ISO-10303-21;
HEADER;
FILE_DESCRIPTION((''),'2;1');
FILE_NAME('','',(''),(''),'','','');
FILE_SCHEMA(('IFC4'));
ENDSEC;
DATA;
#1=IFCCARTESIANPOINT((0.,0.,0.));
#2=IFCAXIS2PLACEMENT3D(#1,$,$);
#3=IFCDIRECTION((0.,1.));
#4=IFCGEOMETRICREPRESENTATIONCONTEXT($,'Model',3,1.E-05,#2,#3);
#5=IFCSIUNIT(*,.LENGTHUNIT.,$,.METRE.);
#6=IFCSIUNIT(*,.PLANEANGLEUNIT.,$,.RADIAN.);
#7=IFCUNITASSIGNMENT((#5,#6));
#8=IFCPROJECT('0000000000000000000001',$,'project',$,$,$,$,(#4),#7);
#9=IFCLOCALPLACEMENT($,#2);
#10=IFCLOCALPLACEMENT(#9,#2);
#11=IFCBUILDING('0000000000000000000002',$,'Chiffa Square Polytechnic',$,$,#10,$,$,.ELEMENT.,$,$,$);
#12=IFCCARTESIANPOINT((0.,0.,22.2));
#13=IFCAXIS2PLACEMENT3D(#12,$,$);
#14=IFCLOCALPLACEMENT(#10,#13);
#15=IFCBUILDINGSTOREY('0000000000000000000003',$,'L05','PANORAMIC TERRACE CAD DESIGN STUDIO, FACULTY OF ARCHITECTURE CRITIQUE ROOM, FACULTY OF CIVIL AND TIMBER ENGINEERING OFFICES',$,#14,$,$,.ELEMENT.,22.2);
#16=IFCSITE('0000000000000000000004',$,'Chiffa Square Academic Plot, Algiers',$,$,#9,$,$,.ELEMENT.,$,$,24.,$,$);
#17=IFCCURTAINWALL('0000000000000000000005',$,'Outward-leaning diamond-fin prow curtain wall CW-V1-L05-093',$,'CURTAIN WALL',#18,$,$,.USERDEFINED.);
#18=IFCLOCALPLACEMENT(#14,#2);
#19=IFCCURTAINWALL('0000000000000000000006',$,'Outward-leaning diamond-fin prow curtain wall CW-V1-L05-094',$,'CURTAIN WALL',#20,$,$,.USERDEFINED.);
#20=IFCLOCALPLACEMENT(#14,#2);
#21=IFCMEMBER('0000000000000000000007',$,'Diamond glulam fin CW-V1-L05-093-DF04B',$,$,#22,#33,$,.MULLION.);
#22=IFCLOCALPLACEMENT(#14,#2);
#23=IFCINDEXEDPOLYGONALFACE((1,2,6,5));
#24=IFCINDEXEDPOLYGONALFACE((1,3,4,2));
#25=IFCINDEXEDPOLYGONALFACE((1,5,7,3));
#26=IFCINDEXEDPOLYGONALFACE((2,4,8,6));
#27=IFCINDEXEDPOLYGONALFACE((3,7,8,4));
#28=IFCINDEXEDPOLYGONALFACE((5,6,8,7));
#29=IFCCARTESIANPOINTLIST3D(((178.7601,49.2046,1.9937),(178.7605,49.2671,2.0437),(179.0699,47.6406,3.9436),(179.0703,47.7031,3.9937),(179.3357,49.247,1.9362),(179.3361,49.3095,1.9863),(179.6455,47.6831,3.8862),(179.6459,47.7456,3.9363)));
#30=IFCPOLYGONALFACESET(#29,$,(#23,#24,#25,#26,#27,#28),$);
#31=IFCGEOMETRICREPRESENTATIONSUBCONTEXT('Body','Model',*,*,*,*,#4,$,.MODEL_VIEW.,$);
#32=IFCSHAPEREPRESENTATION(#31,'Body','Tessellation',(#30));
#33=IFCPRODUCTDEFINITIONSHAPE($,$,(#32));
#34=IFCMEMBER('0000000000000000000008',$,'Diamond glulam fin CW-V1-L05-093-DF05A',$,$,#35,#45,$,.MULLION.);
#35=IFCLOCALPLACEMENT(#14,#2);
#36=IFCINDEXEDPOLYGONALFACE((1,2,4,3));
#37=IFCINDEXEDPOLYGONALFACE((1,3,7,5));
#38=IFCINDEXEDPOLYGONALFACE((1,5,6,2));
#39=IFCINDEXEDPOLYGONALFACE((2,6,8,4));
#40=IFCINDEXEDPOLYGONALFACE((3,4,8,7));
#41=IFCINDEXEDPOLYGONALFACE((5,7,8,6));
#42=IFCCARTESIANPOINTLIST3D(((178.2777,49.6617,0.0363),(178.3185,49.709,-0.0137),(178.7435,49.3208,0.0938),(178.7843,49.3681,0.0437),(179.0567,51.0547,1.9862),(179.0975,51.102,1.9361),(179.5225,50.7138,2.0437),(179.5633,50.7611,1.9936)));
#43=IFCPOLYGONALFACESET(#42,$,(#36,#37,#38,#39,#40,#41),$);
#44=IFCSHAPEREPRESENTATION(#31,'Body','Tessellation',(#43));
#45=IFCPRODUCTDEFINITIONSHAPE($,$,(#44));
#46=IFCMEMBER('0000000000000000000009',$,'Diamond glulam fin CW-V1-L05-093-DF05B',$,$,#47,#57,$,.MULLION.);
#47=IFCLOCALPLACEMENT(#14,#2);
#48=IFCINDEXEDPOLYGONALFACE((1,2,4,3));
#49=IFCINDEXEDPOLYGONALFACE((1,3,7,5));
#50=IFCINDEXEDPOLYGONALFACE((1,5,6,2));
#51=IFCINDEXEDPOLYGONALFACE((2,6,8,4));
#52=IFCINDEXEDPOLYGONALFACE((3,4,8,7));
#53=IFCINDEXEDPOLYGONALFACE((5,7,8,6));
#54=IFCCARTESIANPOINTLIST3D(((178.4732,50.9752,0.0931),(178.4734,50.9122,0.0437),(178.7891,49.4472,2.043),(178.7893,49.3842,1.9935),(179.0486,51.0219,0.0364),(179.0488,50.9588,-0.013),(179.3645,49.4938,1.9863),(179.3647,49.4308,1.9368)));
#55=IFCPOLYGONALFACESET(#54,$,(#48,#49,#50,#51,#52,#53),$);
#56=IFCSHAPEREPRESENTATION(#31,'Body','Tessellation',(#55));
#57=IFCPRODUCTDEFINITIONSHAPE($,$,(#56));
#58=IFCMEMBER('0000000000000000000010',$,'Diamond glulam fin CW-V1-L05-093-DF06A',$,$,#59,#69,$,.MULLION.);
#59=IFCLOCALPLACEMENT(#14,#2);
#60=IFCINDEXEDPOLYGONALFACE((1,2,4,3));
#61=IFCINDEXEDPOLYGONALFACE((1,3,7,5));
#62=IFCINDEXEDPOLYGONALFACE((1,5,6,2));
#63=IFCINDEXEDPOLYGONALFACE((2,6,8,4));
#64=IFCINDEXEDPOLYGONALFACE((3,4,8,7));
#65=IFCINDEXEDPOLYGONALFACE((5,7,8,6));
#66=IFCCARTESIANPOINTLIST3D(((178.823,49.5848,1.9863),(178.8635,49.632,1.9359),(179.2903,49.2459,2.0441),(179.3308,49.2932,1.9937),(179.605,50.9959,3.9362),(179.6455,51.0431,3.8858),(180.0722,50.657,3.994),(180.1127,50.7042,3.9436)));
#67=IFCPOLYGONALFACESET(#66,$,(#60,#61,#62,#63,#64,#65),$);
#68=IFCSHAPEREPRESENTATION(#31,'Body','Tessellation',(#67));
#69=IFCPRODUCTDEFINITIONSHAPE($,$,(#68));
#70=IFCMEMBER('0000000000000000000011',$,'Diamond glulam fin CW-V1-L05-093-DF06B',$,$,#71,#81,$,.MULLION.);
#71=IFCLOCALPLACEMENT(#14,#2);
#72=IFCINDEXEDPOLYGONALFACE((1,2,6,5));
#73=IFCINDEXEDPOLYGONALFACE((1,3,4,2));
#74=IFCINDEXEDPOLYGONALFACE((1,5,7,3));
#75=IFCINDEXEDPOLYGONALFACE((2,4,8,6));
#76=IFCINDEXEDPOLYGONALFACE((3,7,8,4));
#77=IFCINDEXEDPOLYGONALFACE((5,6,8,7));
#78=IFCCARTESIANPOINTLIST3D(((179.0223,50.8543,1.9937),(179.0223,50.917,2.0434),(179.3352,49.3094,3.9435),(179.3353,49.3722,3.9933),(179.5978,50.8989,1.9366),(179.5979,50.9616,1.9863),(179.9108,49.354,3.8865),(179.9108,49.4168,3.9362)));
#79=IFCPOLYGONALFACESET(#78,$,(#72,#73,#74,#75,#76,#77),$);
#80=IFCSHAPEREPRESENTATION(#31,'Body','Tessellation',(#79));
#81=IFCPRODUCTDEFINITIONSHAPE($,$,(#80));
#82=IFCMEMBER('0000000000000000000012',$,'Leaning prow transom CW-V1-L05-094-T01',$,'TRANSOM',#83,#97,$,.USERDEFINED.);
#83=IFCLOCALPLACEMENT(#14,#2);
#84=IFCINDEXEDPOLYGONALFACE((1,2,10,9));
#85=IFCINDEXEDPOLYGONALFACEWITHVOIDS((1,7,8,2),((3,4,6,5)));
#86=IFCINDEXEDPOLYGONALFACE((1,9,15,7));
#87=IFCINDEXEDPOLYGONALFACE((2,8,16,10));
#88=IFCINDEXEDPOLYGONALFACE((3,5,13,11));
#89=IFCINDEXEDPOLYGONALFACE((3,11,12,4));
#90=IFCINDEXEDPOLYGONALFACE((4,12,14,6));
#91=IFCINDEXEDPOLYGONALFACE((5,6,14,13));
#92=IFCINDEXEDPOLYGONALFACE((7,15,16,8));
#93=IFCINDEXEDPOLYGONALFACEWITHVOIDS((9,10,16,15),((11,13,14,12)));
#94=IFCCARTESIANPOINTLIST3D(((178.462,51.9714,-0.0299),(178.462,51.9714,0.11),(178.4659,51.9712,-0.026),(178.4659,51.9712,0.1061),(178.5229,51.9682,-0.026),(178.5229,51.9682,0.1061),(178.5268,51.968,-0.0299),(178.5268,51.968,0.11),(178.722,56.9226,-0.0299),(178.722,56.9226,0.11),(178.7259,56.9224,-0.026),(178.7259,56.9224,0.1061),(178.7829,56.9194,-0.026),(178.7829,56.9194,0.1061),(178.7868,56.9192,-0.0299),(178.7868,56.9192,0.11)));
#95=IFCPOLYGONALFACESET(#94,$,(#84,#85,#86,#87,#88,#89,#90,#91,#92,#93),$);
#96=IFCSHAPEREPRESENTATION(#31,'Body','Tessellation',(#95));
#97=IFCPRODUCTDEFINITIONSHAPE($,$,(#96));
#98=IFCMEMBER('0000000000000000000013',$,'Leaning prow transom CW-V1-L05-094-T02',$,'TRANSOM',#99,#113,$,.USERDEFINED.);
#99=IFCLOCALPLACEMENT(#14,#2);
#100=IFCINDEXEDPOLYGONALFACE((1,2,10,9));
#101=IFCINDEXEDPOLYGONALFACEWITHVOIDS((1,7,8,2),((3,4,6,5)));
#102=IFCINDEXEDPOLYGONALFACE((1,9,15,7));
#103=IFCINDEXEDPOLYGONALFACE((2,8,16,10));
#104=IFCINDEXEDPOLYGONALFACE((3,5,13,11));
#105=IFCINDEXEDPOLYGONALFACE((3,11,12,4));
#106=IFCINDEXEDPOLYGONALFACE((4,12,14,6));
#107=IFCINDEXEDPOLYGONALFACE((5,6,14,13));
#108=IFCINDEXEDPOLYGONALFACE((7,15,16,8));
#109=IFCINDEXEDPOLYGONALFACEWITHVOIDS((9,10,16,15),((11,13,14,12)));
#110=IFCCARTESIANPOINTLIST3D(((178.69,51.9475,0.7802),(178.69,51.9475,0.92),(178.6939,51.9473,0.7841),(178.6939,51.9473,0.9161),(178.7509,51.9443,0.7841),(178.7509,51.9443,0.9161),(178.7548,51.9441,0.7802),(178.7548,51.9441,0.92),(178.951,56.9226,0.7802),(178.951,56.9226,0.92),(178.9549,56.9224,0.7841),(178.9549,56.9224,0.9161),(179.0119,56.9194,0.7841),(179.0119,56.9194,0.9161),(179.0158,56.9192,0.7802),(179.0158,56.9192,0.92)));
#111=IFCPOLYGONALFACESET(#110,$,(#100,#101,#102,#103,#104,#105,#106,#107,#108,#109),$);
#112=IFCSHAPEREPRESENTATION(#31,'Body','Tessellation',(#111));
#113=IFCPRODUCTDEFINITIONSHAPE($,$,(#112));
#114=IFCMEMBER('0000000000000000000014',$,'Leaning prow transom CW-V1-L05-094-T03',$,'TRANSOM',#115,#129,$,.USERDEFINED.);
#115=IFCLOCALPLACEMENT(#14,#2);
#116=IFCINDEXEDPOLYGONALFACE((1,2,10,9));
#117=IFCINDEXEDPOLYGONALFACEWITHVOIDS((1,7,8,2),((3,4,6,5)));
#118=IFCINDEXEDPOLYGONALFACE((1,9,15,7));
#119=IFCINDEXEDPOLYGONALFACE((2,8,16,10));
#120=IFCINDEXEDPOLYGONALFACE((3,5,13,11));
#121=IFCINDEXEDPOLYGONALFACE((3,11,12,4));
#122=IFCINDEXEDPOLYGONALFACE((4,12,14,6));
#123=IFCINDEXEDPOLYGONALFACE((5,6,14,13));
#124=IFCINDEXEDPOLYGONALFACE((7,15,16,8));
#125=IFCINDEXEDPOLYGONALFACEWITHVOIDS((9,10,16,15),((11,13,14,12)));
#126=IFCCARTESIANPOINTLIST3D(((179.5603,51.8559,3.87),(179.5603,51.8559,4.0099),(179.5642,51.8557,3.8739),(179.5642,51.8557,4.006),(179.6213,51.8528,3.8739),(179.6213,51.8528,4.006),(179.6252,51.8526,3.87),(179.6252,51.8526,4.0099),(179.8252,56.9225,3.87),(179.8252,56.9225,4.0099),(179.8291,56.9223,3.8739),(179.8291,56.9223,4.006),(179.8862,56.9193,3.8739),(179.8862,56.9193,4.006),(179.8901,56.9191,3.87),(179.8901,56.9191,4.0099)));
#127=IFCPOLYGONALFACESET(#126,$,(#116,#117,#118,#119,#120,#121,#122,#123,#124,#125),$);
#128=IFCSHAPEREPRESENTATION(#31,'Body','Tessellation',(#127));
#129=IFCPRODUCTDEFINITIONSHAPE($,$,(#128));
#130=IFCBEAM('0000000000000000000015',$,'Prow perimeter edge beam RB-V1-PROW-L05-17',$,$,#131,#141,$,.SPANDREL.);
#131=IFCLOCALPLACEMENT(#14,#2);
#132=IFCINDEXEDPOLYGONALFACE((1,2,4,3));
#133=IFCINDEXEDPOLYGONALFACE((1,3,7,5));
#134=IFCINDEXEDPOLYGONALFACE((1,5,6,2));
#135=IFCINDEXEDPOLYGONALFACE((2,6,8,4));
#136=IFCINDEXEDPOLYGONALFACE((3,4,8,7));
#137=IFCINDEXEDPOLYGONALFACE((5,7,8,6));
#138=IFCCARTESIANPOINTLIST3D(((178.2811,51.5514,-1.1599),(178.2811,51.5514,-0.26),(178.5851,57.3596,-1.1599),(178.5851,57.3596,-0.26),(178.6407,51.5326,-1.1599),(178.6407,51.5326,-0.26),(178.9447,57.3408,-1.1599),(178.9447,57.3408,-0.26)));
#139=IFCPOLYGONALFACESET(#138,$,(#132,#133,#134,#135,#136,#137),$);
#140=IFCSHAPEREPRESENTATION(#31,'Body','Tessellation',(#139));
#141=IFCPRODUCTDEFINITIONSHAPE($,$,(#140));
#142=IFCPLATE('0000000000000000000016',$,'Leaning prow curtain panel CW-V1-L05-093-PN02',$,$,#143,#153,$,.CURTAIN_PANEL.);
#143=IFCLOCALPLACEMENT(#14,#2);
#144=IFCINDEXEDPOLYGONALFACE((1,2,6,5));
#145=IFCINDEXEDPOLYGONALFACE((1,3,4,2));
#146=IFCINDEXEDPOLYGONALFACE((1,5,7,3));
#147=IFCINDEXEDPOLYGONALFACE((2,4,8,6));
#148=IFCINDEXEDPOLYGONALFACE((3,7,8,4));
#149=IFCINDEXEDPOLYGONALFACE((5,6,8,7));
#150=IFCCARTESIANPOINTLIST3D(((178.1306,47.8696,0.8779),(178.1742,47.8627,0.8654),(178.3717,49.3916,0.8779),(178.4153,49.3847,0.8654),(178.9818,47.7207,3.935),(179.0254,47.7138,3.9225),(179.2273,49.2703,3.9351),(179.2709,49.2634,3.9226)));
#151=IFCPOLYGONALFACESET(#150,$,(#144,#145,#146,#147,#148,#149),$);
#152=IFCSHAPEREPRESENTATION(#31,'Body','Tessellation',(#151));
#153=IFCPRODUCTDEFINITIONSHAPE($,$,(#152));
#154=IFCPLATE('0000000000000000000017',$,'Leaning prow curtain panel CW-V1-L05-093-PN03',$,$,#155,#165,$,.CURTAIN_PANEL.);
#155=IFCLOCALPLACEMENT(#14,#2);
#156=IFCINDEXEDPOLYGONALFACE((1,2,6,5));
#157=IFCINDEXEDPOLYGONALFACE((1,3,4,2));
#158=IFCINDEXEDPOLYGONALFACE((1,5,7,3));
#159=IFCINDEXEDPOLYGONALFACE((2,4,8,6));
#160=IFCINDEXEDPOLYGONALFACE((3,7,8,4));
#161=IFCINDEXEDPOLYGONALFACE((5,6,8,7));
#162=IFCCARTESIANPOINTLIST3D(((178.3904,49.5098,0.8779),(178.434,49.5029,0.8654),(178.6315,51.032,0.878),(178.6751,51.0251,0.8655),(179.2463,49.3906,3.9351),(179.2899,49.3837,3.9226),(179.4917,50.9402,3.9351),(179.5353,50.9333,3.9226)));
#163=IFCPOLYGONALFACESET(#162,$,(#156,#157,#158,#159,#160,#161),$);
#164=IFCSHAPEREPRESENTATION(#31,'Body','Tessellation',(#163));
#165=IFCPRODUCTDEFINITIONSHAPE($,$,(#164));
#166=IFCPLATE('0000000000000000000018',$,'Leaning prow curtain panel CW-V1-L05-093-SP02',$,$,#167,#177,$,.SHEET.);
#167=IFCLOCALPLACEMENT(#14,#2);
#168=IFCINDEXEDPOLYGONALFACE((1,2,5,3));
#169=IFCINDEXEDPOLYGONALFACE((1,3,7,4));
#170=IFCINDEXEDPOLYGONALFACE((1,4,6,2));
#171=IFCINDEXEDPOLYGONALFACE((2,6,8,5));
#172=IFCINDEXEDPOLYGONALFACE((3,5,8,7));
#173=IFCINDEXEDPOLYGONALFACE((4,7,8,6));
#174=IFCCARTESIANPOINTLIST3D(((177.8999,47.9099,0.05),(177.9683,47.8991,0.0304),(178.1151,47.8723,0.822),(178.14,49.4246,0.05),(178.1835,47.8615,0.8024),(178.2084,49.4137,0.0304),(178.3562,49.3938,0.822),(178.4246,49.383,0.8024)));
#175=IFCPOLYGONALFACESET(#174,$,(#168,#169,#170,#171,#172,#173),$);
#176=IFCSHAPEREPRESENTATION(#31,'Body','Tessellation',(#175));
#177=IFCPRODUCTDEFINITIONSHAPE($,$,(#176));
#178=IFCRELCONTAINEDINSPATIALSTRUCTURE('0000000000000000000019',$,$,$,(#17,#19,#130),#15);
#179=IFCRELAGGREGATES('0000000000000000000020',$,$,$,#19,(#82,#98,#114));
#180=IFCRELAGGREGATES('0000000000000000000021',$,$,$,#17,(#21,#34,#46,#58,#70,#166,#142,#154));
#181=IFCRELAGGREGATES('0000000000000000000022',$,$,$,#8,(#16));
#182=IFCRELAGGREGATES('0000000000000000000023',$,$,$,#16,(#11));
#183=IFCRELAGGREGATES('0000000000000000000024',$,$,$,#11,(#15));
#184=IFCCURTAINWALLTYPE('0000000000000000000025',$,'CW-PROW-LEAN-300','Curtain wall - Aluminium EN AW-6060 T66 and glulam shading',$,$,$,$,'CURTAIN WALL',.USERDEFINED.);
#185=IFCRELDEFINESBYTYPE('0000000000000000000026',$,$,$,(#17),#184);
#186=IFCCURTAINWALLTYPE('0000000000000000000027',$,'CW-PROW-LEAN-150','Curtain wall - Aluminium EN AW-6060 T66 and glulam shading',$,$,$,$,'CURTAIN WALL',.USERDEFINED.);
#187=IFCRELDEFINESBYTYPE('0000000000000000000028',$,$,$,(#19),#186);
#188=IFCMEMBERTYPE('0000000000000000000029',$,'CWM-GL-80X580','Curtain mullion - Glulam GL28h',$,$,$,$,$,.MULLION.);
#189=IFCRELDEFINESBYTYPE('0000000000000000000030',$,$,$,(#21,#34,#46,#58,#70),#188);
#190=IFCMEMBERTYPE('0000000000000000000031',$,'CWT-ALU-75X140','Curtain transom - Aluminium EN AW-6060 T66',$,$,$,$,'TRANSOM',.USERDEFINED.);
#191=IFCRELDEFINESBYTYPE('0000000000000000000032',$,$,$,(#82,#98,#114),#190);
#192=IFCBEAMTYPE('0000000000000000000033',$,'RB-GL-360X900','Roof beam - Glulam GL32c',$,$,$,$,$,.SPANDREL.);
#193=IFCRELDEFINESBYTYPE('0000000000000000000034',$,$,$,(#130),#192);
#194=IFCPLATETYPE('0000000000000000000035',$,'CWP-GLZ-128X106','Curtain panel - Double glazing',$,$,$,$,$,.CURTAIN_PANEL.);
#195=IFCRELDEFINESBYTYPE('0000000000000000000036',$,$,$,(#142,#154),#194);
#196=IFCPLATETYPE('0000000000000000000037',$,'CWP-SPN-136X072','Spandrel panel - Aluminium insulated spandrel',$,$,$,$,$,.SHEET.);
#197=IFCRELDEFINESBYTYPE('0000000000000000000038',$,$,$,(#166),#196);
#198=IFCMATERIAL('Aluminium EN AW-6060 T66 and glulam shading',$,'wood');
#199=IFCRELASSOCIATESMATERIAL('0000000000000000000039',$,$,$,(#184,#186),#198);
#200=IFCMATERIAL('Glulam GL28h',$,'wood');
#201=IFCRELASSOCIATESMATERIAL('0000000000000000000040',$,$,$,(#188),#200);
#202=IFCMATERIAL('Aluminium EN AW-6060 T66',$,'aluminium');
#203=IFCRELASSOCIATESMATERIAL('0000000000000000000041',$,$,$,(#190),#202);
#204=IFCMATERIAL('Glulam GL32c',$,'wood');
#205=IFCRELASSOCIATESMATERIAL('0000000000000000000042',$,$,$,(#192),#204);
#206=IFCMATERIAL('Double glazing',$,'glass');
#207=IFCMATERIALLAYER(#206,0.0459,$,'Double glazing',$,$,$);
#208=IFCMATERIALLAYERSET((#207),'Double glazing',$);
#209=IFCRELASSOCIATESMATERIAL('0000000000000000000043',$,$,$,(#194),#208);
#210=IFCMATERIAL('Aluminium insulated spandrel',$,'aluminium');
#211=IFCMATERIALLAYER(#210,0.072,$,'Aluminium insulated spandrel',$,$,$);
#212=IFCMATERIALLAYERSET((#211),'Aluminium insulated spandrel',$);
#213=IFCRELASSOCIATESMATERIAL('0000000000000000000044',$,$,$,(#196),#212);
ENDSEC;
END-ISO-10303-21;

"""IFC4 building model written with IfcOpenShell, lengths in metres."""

from ifc_helpers import new_model, si_unit, direction, frame, origin, origin_2d, place, context, subcontext, project, spatial, polyline, rectangle, hollow_rectangle, outline, extrude, material, layer, layer_set, material_profile, profile_set, type_object, element, aggregate, save


model = new_model("IFC4")

# Units and contexts
model_context = context("Model", 3, precision=1e-05, world=origin(), true_north=direction((0.0, 1.0)))
body_context = subcontext(model_context, "Body", "Model", "MODEL_VIEW")
ifc_project = project(units=[si_unit("LENGTHUNIT", "METRE"), si_unit("PLANEANGLEUNIT", "RADIAN")], contexts=[model_context])

# Site, building, storey
site_placement = place(None, origin())
site = spatial("IfcSite", under=ifc_project, at=site_placement, Name="Chiffa Square Academic Plot, Algiers", CompositionType="ELEMENT", RefElevation=24.0)
building_placement = place(site_placement, origin())
building = spatial("IfcBuilding", under=site, at=building_placement, Name="Chiffa Square Polytechnic", CompositionType="ELEMENT")
storey_placement = place(building_placement, frame((0.0, 0.0, 22.2)))
storey = spatial("IfcBuildingStorey", under=building, at=storey_placement, Name="L05", Description="PANORAMIC TERRACE CAD DESIGN STUDIO, FACULTY OF ARCHITECTURE CRITIQUE ROOM, FACULTY OF CIVIL AND TIMBER ENGINEERING OFFICES", CompositionType="ELEMENT", Elevation=22.2)

# Shared definitions
ifc_material_1 = material(Name="Glulam GL32c", Category="wood")

# Curtain wall
ifc_material_2 = material(Name="Aluminium EN AW-6060 T66 and glulam shading", Category="wood")
curtain_wall_type_1 = type_object("IfcCurtainWallType", Name="CW-PROW-LEAN-300", Description="Curtain wall - Aluminium EN AW-6060 T66 and glulam shading", ElementType="CURTAIN WALL", PredefinedType="USERDEFINED", material=ifc_material_2)
curtain_wall_1_placement = place(storey_placement, origin())
curtain_wall_1 = element("IfcCurtainWall", 1, at=curtain_wall_1_placement, inside=storey, type_object=curtain_wall_type_1, Name="Outward-leaning diamond-fin prow curtain wall CW-V1-L05-093", ObjectType="CURTAIN WALL", PredefinedType="USERDEFINED")
ifc_material_3 = material(Name="Aluminium EN AW-6060 T66", Category="aluminium")

# Curtain wall
curtain_wall_type_2 = type_object("IfcCurtainWallType", Name="CW-PROW-LEAN-150", Description="Curtain wall - Aluminium EN AW-6060 T66 and glulam shading", ElementType="CURTAIN WALL", PredefinedType="USERDEFINED", material=ifc_material_2)
curtain_wall_2_placement = place(storey_placement, origin())
curtain_wall_2 = element("IfcCurtainWall", 2, at=curtain_wall_2_placement, inside=storey, type_object=curtain_wall_type_2, Name="Outward-leaning diamond-fin prow curtain wall CW-V1-L05-094", ObjectType="CURTAIN WALL", PredefinedType="USERDEFINED")

# Members
ifc_material_4 = material(Name="Glulam GL28h", Category="wood")
ifc_material_profile_1 = material_profile(ifc_material_4, rectangle(XDim=0.0801, YDim=0.5801, at=origin_2d()), Name="GL28h 80x580")
ifc_profile_set_1 = profile_set([ifc_material_profile_1], Name="Glulam GL28h")
member_type_1 = type_object("IfcMemberType", Name="CWM-GL-80X580", Description="Curtain mullion - Glulam GL28h", PredefinedType="MULLION", material=ifc_profile_set_1)
member_1_placement = place(storey_placement, frame((179.0481, 49.2571, 1.99), z_axis=(0.123002, -0.62092, 0.774163), x_axis=(0.00487, 0.780455, 0.625193)))
member_1 = element("IfcMember", 3, at=member_1_placement, type_object=member_type_1, Name="Diamond glulam fin CW-V1-L05-093-DF04B", PredefinedType="MULLION", context=body_context, shape_type="SweptSolid", body=[
    extrude(rectangle(XDim=0.0801, YDim=0.5801, at=origin_2d()), origin(), (0.0, 0.0, 1.0), 2.5188),
])
member_2_placement = place(storey_placement, frame((178.531, 49.5149, 0.04), z_axis=(0.309161, 0.552827, 0.773823), x_axis=(-0.509584, -0.590715, 0.625604)))
member_2 = element("IfcMember", 4, at=member_2_placement, type_object=member_type_1, Name="Diamond glulam fin CW-V1-L05-093-DF05A", PredefinedType="MULLION", context=body_context, shape_type="SweptSolid", body=[
    extrude(rectangle(XDim=0.0801, YDim=0.5801, at=origin_2d()), origin(), (0.0, 0.0, 1.0), 2.5198),
])
member_3_placement = place(storey_placement, frame((178.761, 50.967, 0.04), z_axis=(0.126497, -0.611861, 0.780785), x_axis=(-0.002937, 0.786873, 0.617108)))
member_3 = element("IfcMember", 5, at=member_3_placement, type_object=member_type_1, Name="Diamond glulam fin CW-V1-L05-093-DF05B", PredefinedType="MULLION", context=body_context, shape_type="SweptSolid", body=[
    extrude(rectangle(XDim=0.0801, YDim=0.5801, at=origin_2d()), origin(), (0.0, 0.0, 1.0), 2.4973),
])
member_4_placement = place(storey_placement, frame((179.0769, 49.439, 1.99), z_axis=(0.308983, 0.557577, 0.770479), x_axis=(-0.505687, -0.589799, 0.629617)))
member_4 = element("IfcMember", 6, at=member_4_placement, type_object=member_type_1, Name="Diamond glulam fin CW-V1-L05-093-DF06A", PredefinedType="MULLION", context=body_context, shape_type="SweptSolid", body=[
    extrude(rectangle(XDim=0.0801, YDim=0.5801, at=origin_2d()), origin(), (0.0, 0.0, 1.0), 2.5308),
])
member_5_placement = place(storey_placement, frame((179.3101, 50.908, 1.99), z_axis=(0.124826, -0.616145, 0.777679), x_axis=(0.000807, 0.783872, 0.620922)))
member_5 = element("IfcMember", 7, at=member_5_placement, type_object=member_type_1, Name="Diamond glulam fin CW-V1-L05-093-DF06B", PredefinedType="MULLION", context=body_context, shape_type="SweptSolid", body=[
    extrude(rectangle(XDim=0.0801, YDim=0.5801, at=origin_2d()), origin(), (0.0, 0.0, 1.0), 2.5073),
])
ifc_material_profile_2 = material_profile(ifc_material_3, hollow_rectangle(XDim=0.0649, YDim=0.1399, WallThickness=0.0039, at=origin_2d()), Name="ALU 65x140x4")
ifc_profile_set_2 = profile_set([ifc_material_profile_2], Name="Aluminium EN AW-6060 T66")
member_type_2 = type_object("IfcMemberType", Name="CWT-ALU-75X140", Description="Curtain transom - Aluminium EN AW-6060 T66", ElementType="TRANSOM", PredefinedType="USERDEFINED", material=ifc_profile_set_2)
member_6_placement = place(storey_placement, frame((178.4944, 51.9697, 0.04), z_axis=(0.052443, 0.998624, 0.0), x_axis=(-0.998624, 0.052443, 0.0)))
member_6 = element("IfcMember", 8, at=member_6_placement, type_object=member_type_2, Name="Leaning prow transom CW-V1-L05-094-T01", ObjectType="TRANSOM", PredefinedType="USERDEFINED", context=body_context, shape_type="SweptSolid", body=[
    extrude(hollow_rectangle(XDim=0.0649, YDim=0.1399, WallThickness=0.0039, at=origin_2d()), origin(), (0.0, 0.0, 1.0), 4.958),
])
member_7_placement = place(storey_placement, frame((178.7224, 51.9458, 0.8501), z_axis=(0.052387, 0.998627, 0.0), x_axis=(-0.998627, 0.052387, 0.0)))
member_7 = element("IfcMember", 9, at=member_7_placement, type_object=member_type_2, Name="Leaning prow transom CW-V1-L05-094-T02", ObjectType="TRANSOM", PredefinedType="USERDEFINED", context=body_context, shape_type="SweptSolid", body=[
    extrude(hollow_rectangle(XDim=0.0649, YDim=0.1399, WallThickness=0.0039, at=origin_2d()), origin(), (0.0, 0.0, 1.0), 4.9819),
])
member_8_placement = place(storey_placement, frame((179.5928, 51.8542, 3.9399), z_axis=(0.05221, 0.998636, 0.0), x_axis=(-0.998636, 0.05221, 0.0)))
member_8 = element("IfcMember", 10, at=member_8_placement, type_object=member_type_2, Name="Leaning prow transom CW-V1-L05-094-T03", ObjectType="TRANSOM", PredefinedType="USERDEFINED", context=body_context, shape_type="SweptSolid", body=[
    extrude(hollow_rectangle(XDim=0.0649, YDim=0.1399, WallThickness=0.0039, at=origin_2d()), origin(), (0.0, 0.0, 1.0), 5.0735),
])
aggregate(curtain_wall_2, [member_6, member_7, member_8])

# Beam
ifc_material_profile_3 = material_profile(ifc_material_1, rectangle(XDim=0.3601, YDim=0.8999, at=origin_2d()), Name="GL32c 360x900")
ifc_profile_set_3 = profile_set([ifc_material_profile_3], Name="Glulam GL32c")
beam_type_1 = type_object("IfcBeamType", Name="RB-GL-360X900", Description="Roof beam - Glulam GL32c", PredefinedType="SPANDREL", material=ifc_profile_set_3)
beam_1_placement = place(storey_placement, frame((178.4609, 51.542, -0.71), z_axis=(0.052261, 0.998633, 0.0), x_axis=(-0.998633, 0.052261, 0.0)))
element("IfcBeam", 11, at=beam_1_placement, inside=storey, type_object=beam_type_1, Name="Prow perimeter edge beam RB-V1-PROW-L05-17", PredefinedType="SPANDREL", context=body_context, shape_type="SweptSolid", body=[
    extrude(rectangle(XDim=0.3601, YDim=0.8999, at=origin_2d()), origin(), (0.0, 0.0, 1.0), 5.8162),
])

# Plates
ifc_material_5 = material(Name="Double glazing", Category="glass")
ifc_layer_1 = layer(ifc_material_5, 0.0459, Name="Double glazing")
ifc_layer_set_1 = layer_set([ifc_layer_1], Name="Double glazing")
plate_type_1 = type_object("IfcPlateType", Name="CWP-GLZ-128X106", Description="Curtain panel - Double glazing", PredefinedType="CURTAIN_PANEL", material=ifc_layer_set_1)
plate_1_placement = place(storey_placement, frame((178.1306, 47.8696, 0.8779), z_axis=(-0.950453, 0.150565, 0.271973), x_axis=(0.156456, 0.987685, -0.000023)))
plate_1 = element("IfcPlate", 12, at=plate_1_placement, type_object=plate_type_1, Name="Leaning prow curtain panel CW-V1-L05-093-PN02", PredefinedType="CURTAIN_PANEL", context=body_context, shape_type="SweptSolid", body=[
    extrude(outline(polyline([(0.0, 0.0), (1.5409, 0.0), (1.5549, -3.1769), (-0.014, -3.1768), (0.0, 0.0)])), origin(), (0.0, 0.0, -1.0), 0.0459),
])
plate_2_placement = place(storey_placement, frame((178.3904, 49.5098, 0.8779), z_axis=(-0.95046, 0.150554, 0.271956), x_axis=(0.156455, 0.987685, 0.000015)))
plate_2 = element("IfcPlate", 13, at=plate_2_placement, type_object=plate_type_1, Name="Leaning prow curtain panel CW-V1-L05-093-PN03", PredefinedType="CURTAIN_PANEL", context=body_context, shape_type="SweptSolid", body=[
    extrude(outline(polyline([(0.0, 0.0), (1.5412, 0.0), (1.5852, -3.1768), (0.0163, -3.1769), (0.0, 0.0)])), origin(), (0.0, 0.0, -1.0), 0.0459),
])
ifc_material_6 = material(Name="Aluminium insulated spandrel", Category="aluminium")
ifc_layer_2 = layer(ifc_material_6, 0.072, Name="Aluminium insulated spandrel")
ifc_layer_set_2 = layer_set([ifc_layer_2], Name="Aluminium insulated spandrel")
plate_type_2 = type_object("IfcPlateType", Name="CWP-SPN-136X072", Description="Spandrel panel - Aluminium insulated spandrel", PredefinedType="SHEET", material=ifc_layer_set_2)
plate_3_placement = place(storey_placement, frame((177.8999, 47.9099, 0.05), z_axis=(-0.950374, 0.150626, 0.272215), x_axis=(0.156534, 0.987673, -0.000012)))
plate_3 = element("IfcPlate", 14, at=plate_3_placement, type_object=plate_type_2, Name="Leaning prow curtain panel CW-V1-L05-093-SP02", PredefinedType="SHEET", context=body_context, shape_type="SweptSolid", body=[
    extrude(outline(polyline([(0.0, 0.0), (1.5335, 0.0), (1.537, -0.8023), (-0.0035, -0.8023), (0.0, 0.0)])), origin(), (0.0, 0.0, -1.0), 0.072),
])
aggregate(curtain_wall_1, [member_1, member_2, member_3, member_4, member_5, plate_3, plate_1, plate_2])

save(model, "model.ifc")
